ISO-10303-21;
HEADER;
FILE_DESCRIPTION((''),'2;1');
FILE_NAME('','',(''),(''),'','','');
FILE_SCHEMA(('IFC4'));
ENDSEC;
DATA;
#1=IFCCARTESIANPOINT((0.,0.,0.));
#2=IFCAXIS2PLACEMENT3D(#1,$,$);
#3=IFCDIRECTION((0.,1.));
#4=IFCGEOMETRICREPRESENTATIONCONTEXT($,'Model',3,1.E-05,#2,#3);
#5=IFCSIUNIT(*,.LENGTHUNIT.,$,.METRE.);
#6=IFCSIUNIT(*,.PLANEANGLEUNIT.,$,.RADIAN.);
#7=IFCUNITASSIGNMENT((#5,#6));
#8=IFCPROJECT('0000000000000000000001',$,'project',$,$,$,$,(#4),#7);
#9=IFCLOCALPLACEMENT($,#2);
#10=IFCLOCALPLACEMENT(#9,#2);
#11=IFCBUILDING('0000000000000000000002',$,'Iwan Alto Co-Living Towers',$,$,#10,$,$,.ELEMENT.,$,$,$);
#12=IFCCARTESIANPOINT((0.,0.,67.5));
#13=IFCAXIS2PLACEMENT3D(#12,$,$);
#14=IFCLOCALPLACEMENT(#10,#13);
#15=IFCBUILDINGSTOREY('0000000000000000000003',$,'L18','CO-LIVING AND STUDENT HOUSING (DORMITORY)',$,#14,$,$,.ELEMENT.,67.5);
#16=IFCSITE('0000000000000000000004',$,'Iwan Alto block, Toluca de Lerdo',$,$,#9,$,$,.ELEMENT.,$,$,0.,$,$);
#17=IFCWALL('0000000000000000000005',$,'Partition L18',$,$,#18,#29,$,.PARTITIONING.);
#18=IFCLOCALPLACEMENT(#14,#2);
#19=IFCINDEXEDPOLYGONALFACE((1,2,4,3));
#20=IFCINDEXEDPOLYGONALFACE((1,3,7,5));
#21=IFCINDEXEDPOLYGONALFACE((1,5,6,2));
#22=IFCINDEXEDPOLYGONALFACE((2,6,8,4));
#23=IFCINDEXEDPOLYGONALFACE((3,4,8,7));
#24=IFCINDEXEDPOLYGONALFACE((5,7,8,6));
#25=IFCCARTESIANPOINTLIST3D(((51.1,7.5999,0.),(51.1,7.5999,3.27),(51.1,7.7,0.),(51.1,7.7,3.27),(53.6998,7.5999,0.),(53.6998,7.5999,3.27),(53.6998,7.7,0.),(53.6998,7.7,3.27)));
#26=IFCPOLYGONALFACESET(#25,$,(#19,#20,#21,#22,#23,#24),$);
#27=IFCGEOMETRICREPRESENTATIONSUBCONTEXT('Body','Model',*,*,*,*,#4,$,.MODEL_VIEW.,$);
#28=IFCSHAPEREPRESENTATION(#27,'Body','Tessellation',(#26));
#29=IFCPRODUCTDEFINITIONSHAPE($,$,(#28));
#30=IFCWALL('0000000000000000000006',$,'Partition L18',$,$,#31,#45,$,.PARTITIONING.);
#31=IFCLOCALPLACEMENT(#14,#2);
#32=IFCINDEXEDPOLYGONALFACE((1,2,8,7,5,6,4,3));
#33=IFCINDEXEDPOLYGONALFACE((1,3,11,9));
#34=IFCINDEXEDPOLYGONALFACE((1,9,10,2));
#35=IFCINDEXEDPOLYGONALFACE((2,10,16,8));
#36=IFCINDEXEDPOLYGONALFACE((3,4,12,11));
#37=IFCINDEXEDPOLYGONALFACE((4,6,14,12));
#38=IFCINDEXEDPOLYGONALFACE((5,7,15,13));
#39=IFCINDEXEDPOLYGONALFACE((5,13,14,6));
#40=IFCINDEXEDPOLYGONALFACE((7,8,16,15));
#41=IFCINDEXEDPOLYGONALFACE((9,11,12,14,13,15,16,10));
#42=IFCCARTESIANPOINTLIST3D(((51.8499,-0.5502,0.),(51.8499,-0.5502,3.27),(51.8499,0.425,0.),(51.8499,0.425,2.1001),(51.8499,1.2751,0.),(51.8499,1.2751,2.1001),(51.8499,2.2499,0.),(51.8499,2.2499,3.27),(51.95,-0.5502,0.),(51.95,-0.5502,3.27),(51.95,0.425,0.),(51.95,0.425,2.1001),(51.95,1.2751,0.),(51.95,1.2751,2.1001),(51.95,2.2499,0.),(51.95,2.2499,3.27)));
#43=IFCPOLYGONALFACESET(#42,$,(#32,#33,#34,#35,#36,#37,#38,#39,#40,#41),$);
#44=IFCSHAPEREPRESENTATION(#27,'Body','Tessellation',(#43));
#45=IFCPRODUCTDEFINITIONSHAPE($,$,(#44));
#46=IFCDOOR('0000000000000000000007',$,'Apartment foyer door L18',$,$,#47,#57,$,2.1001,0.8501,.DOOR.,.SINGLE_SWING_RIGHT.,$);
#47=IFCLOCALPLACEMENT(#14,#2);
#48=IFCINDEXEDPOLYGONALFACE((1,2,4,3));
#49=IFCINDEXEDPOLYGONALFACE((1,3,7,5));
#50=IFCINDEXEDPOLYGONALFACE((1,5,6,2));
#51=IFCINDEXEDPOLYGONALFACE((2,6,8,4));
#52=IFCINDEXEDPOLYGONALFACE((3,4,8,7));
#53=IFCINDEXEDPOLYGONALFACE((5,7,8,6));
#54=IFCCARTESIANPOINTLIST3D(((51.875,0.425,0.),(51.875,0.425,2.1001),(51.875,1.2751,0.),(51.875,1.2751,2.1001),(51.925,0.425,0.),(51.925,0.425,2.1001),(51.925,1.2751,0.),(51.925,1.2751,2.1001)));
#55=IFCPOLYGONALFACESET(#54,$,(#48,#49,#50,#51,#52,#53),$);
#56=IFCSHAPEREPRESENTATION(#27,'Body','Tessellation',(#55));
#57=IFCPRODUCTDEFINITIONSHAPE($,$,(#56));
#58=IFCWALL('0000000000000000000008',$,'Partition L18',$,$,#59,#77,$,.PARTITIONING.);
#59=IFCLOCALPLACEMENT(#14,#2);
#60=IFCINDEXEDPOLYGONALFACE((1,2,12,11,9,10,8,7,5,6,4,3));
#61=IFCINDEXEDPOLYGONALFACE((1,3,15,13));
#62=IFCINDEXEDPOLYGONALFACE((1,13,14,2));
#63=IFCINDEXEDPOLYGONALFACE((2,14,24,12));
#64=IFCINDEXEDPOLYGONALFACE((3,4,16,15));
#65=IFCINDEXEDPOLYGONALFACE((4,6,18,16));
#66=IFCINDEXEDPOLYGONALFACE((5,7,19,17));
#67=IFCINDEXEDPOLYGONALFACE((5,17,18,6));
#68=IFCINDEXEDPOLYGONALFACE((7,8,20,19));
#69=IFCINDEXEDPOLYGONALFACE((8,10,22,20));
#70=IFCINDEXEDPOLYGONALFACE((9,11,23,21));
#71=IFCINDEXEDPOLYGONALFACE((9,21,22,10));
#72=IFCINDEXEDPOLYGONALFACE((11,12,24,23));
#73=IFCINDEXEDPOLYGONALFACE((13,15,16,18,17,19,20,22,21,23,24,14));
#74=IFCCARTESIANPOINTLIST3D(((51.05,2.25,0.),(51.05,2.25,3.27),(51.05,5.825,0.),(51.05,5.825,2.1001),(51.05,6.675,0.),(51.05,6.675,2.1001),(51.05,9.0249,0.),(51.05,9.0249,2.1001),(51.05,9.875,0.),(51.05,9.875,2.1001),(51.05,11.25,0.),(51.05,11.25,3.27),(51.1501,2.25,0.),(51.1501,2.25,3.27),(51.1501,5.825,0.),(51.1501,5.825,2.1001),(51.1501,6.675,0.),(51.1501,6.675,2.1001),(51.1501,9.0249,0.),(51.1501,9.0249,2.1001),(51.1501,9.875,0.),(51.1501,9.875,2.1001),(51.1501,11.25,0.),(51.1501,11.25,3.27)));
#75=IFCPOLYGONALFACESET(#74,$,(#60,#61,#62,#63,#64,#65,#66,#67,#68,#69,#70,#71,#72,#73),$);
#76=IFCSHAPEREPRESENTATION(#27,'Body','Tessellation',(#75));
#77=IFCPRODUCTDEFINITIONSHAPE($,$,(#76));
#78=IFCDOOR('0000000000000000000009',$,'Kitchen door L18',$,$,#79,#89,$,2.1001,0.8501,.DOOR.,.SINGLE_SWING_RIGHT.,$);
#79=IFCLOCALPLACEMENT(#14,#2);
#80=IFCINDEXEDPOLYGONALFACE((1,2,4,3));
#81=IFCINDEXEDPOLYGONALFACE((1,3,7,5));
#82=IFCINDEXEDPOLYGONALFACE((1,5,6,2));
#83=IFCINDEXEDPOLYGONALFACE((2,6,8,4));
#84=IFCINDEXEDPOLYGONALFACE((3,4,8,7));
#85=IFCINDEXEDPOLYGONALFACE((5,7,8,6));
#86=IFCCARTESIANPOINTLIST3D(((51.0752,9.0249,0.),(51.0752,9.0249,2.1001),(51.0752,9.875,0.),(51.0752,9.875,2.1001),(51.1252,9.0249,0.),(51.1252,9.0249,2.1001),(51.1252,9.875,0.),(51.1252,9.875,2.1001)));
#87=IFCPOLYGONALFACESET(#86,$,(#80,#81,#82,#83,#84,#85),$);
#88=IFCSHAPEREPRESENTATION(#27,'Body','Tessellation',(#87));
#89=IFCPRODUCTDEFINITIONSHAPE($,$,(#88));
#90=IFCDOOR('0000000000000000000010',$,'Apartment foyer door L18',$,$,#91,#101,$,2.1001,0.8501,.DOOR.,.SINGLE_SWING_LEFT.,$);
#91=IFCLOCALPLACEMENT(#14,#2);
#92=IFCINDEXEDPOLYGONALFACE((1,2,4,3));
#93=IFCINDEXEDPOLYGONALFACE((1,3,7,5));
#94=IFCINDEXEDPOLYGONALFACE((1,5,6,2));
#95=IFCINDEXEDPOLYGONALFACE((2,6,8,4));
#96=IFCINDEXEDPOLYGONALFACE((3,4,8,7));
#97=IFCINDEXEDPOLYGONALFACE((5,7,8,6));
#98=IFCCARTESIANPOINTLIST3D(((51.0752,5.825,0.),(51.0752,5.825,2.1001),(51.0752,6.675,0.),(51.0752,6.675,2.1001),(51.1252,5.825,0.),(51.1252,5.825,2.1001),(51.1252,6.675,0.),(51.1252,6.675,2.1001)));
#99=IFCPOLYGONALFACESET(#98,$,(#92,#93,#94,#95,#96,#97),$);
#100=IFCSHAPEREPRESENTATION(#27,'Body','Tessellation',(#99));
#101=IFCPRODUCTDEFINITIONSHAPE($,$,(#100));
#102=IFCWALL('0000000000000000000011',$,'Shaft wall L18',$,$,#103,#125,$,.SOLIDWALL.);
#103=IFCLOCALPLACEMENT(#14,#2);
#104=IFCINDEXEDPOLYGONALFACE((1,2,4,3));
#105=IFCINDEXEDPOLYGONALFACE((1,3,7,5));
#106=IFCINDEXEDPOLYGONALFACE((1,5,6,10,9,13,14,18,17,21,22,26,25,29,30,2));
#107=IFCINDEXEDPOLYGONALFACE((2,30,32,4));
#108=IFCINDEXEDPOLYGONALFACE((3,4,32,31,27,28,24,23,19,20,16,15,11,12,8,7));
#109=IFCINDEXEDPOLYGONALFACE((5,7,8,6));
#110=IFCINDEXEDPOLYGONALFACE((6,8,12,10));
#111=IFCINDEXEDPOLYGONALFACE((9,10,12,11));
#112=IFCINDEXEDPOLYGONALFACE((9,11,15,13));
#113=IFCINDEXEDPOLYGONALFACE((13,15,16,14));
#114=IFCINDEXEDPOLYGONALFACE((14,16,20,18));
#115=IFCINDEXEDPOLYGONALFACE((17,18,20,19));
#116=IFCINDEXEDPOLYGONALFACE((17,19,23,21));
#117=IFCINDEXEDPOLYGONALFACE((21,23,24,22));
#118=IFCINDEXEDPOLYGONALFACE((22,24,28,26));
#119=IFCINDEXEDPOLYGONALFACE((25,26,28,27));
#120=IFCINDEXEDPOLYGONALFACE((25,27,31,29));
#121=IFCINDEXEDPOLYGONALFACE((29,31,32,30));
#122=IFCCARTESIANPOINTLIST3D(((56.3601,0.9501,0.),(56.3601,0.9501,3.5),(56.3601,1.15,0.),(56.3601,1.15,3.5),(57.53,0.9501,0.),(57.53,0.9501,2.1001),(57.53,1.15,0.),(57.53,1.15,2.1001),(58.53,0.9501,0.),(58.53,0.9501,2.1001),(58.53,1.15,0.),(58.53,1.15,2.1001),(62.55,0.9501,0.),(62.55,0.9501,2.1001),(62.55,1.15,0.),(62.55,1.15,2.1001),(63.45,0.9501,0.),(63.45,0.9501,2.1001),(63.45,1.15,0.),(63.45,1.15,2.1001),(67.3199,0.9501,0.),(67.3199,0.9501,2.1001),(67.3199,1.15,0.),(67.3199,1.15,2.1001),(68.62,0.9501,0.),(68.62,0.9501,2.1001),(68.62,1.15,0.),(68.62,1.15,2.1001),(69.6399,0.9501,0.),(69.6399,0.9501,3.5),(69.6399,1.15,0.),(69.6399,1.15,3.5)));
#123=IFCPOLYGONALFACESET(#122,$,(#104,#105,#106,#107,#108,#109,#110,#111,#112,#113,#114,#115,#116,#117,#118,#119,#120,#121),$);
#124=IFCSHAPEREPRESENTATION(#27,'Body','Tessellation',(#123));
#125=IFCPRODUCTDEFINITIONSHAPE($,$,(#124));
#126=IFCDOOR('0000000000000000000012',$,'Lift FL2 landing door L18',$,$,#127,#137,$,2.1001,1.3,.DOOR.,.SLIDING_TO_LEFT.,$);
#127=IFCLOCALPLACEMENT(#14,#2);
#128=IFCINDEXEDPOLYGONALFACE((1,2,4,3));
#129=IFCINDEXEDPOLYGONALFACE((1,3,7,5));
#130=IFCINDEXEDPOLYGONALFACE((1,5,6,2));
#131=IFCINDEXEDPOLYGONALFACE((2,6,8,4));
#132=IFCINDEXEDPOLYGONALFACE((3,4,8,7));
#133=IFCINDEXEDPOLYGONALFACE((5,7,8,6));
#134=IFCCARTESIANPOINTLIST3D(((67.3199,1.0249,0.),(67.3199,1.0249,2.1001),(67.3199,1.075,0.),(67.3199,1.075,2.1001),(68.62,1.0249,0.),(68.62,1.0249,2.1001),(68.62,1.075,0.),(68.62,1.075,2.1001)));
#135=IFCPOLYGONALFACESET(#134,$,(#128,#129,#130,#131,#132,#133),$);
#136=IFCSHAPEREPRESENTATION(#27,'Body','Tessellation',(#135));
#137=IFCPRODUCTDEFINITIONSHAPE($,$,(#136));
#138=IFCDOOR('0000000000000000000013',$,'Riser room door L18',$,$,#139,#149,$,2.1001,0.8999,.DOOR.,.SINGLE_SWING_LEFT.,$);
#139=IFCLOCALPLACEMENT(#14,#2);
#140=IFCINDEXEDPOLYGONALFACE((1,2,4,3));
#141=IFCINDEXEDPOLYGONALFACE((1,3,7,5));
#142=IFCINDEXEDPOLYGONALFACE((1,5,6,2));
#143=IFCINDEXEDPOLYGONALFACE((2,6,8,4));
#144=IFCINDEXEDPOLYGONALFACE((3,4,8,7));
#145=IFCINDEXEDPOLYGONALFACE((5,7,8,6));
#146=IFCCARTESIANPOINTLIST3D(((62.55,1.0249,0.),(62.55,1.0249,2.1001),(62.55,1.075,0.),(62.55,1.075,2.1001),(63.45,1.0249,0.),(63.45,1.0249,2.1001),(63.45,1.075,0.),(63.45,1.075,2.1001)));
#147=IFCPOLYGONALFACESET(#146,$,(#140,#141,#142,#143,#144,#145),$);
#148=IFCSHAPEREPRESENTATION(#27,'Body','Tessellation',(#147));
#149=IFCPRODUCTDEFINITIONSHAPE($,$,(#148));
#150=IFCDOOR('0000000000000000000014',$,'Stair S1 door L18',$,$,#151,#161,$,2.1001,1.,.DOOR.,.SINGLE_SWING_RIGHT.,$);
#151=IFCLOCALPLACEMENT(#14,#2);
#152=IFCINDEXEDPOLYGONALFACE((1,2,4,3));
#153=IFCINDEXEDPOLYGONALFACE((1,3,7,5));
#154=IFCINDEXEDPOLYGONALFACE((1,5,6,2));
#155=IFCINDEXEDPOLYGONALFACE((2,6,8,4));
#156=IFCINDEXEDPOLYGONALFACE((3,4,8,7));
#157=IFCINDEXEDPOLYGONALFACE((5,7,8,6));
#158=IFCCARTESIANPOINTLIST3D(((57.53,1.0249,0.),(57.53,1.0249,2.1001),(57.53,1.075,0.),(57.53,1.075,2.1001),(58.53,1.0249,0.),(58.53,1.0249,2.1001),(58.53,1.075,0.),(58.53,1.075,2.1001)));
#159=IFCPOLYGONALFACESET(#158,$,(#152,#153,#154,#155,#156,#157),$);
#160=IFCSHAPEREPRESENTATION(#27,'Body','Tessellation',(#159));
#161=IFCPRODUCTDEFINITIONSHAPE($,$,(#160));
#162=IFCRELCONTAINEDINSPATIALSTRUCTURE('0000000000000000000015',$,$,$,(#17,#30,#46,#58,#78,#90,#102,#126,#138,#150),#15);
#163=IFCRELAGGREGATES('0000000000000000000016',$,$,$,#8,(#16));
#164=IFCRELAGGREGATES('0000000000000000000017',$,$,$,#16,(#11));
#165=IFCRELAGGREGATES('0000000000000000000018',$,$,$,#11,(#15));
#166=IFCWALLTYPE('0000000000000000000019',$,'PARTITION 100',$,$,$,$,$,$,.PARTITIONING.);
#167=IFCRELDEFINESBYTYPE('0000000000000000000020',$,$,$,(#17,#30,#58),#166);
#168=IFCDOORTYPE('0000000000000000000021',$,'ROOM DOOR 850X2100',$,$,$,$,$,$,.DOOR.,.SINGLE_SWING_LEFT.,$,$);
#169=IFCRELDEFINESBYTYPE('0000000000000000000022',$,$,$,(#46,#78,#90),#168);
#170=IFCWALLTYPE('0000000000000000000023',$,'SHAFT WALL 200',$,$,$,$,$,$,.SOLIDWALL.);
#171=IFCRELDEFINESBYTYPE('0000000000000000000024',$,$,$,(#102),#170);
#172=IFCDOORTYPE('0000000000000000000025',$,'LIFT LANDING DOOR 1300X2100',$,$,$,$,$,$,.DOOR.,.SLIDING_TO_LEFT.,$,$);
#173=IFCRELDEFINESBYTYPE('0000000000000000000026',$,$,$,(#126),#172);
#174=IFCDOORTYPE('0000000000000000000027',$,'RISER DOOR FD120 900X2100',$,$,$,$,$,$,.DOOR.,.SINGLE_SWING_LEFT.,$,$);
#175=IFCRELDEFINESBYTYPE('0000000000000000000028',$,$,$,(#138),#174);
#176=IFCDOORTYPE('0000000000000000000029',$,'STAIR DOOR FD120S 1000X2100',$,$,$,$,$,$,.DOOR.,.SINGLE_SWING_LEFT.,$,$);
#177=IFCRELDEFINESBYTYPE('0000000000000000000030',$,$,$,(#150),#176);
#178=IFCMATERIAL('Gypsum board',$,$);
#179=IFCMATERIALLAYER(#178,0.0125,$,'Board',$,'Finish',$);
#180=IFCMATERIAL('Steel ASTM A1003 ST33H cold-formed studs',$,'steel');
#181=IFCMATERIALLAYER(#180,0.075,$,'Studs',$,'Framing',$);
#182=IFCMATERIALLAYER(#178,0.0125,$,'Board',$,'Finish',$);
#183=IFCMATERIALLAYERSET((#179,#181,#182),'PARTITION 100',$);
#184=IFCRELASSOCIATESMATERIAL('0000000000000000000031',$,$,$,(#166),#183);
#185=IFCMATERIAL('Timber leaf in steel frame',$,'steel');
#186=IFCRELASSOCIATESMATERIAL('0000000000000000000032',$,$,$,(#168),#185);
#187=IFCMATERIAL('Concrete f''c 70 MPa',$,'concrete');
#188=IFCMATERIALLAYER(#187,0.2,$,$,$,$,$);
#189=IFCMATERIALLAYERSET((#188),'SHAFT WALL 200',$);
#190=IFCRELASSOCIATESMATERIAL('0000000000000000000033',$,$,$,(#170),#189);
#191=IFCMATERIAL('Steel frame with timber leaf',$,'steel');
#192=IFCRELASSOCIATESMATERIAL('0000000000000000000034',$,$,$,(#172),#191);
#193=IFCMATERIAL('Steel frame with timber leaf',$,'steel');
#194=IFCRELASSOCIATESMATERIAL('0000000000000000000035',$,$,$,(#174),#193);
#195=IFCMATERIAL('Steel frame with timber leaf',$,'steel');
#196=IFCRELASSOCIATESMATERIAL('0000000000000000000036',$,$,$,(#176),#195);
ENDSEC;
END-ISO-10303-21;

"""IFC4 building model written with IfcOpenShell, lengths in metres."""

from ifc_helpers import new_model, si_unit, direction, frame, frame_2d, origin, place, context, subcontext, project, spatial, rectangle, extrude, material, layer, layer_set, type_object, element, fill, save


model = new_model("IFC4")

# Units and contexts
model_context = context("Model", 3, precision=1e-05, world=origin(), true_north=direction((0.0, 1.0)))
body_context = subcontext(model_context, "Body", "Model", "MODEL_VIEW")
ifc_project = project(units=[si_unit("LENGTHUNIT", "METRE"), si_unit("PLANEANGLEUNIT", "RADIAN")], contexts=[model_context])

# Site, building, storey
site_placement = place(None, origin())
site = spatial("IfcSite", under=ifc_project, at=site_placement, Name="Iwan Alto block, Toluca de Lerdo", CompositionType="ELEMENT", RefElevation=0.0)
building_placement = place(site_placement, origin())
building = spatial("IfcBuilding", under=site, at=building_placement, Name="Iwan Alto Co-Living Towers", CompositionType="ELEMENT")
storey_placement = place(building_placement, frame((0.0, 0.0, 67.5)))
storey = spatial("IfcBuildingStorey", under=building, at=storey_placement, Name="L18", Description="CO-LIVING AND STUDENT HOUSING (DORMITORY)", CompositionType="ELEMENT", Elevation=67.5)

# Wall
ifc_material_1 = material(Name="Gypsum board")
ifc_layer_1 = layer(ifc_material_1, 0.0125, Name="Board", Category="Finish")
ifc_material_2 = material(Name="Steel ASTM A1003 ST33H cold-formed studs", Category="steel")
ifc_layer_2 = layer(ifc_material_2, 0.075, Name="Studs", Category="Framing")
ifc_layer_3 = layer(ifc_material_1, 0.0125, Name="Board", Category="Finish")
ifc_layer_set_1 = layer_set([ifc_layer_1, ifc_layer_2, ifc_layer_3], Name="PARTITION 100")
wall_type_1 = type_object("IfcWallType", Name="PARTITION 100", PredefinedType="PARTITIONING", material=ifc_layer_set_1)
wall_1_placement = place(storey_placement, frame((51.1001, 7.6499, 0.0), z_axis=(0.0, 0.0, 1.0), x_axis=(1.0, 0.0, 0.0)))
element("IfcWall", 1, at=wall_1_placement, inside=storey, type_object=wall_type_1, Name="Partition L18", PredefinedType="PARTITIONING", context=body_context, shape_type="SweptSolid", body=[
    extrude(rectangle(XDim=2.5999, YDim=0.1001, at=frame_2d((1.2998, 0.0))), origin(), (0.0, 0.0, 1.0), 3.27),
])

# Wall, opening, door
wall_2_placement = place(storey_placement, frame((51.8999, -0.55, 0.0), z_axis=(0.0, 0.0, 1.0), x_axis=(0.0, 1.0, 0.0)))
wall_2 = element("IfcWall", 2, at=wall_2_placement, inside=storey, type_object=wall_type_1, Name="Partition L18", PredefinedType="PARTITIONING", context=body_context, shape_type="SweptSolid", body=[
    extrude(rectangle(XDim=2.8, YDim=0.1001, at=frame_2d((1.3999, 0.0))), origin(), (0.0, 0.0, 1.0), 3.27),
])
opening_1_placement = place(wall_2_placement, frame((0.9751, 0.0, 0.0)))
opening_1 = element("IfcOpeningElement", 3, at=opening_1_placement, cuts=wall_2, PredefinedType="OPENING", context=body_context, shape_type="SweptSolid", body=[
    extrude(rectangle(XDim=0.8501, YDim=2.1001, at=frame_2d((0.425, 1.05))), frame((0.0, 0.0601, 0.0), z_axis=(0.0, -1.0, 0.0), x_axis=(1.0, 0.0, 0.0)), (0.0, 0.0, 1.0), 0.1201),
])
ifc_material_3 = material(Name="Timber leaf in steel frame", Category="steel")
door_type_1 = type_object("IfcDoorType", Name="ROOM DOOR 850X2100", OperationType="SINGLE_SWING_LEFT", PredefinedType="DOOR", material=ifc_material_3)
door_1_placement = place(opening_1_placement, origin())
door_1 = element("IfcDoor", 4, at=door_1_placement, inside=storey, type_object=door_type_1, Name="Apartment foyer door L18", OperationType="SINGLE_SWING_RIGHT", OverallHeight=2.1001, OverallWidth=0.8501, PredefinedType="DOOR", context=body_context, shape_type="SweptSolid", body=[
    extrude(rectangle(XDim=0.8501, YDim=2.1001, at=frame_2d((0.425, 1.05))), frame((0.0, 0.0249, 0.0), z_axis=(0.0, -1.0, 0.0), x_axis=(1.0, 0.0, 0.0)), (0.0, 0.0, 1.0), 0.05),
])
fill(opening_1, door_1)

# Walls, openings, doors
wall_3_placement = place(storey_placement, frame((51.1001, 2.25, 0.0), z_axis=(0.0, 0.0, 1.0), x_axis=(0.0, 1.0, 0.0)))
wall_3 = element("IfcWall", 5, at=wall_3_placement, inside=storey, type_object=wall_type_1, Name="Partition L18", PredefinedType="PARTITIONING", context=body_context, shape_type="SweptSolid", body=[
    extrude(rectangle(XDim=9.0, YDim=0.1001, at=frame_2d((4.5, 0.0))), origin(), (0.0, 0.0, 1.0), 3.27),
])
opening_2_placement = place(wall_3_placement, frame((6.7749, 0.0, 0.0)))
opening_2 = element("IfcOpeningElement", 6, at=opening_2_placement, cuts=wall_3, PredefinedType="OPENING", context=body_context, shape_type="SweptSolid", body=[
    extrude(rectangle(XDim=0.8501, YDim=2.1001, at=frame_2d((0.425, 1.05))), frame((0.0, 0.0601, 0.0), z_axis=(0.0, -1.0, 0.0), x_axis=(1.0, 0.0, 0.0)), (0.0, 0.0, 1.0), 0.1201),
])
opening_3_placement = place(wall_3_placement, frame((3.575, 0.0, 0.0)))
opening_3 = element("IfcOpeningElement", 7, at=opening_3_placement, cuts=wall_3, PredefinedType="OPENING", context=body_context, shape_type="SweptSolid", body=[
    extrude(rectangle(XDim=0.8501, YDim=2.1001, at=frame_2d((0.425, 1.05))), frame((0.0, 0.0601, 0.0), z_axis=(0.0, -1.0, 0.0), x_axis=(1.0, 0.0, 0.0)), (0.0, 0.0, 1.0), 0.1201),
])
door_2_placement = place(opening_2_placement, origin())
door_2 = element("IfcDoor", 8, at=door_2_placement, inside=storey, type_object=door_type_1, Name="Kitchen door L18", OperationType="SINGLE_SWING_RIGHT", OverallHeight=2.1001, OverallWidth=0.8501, PredefinedType="DOOR", context=body_context, shape_type="SweptSolid", body=[
    extrude(rectangle(XDim=0.8501, YDim=2.1001, at=frame_2d((0.425, 1.05))), frame((0.0, 0.0249, 0.0), z_axis=(0.0, -1.0, 0.0), x_axis=(1.0, 0.0, 0.0)), (0.0, 0.0, 1.0), 0.05),
])
fill(opening_2, door_2)
door_3_placement = place(opening_3_placement, origin())
door_3 = element("IfcDoor", 9, at=door_3_placement, inside=storey, type_object=door_type_1, Name="Apartment foyer door L18", OperationType="SINGLE_SWING_LEFT", OverallHeight=2.1001, OverallWidth=0.8501, PredefinedType="DOOR", context=body_context, shape_type="SweptSolid", body=[
    extrude(rectangle(XDim=0.8501, YDim=2.1001, at=frame_2d((0.425, 1.05))), frame((0.0, 0.0249, 0.0), z_axis=(0.0, -1.0, 0.0), x_axis=(1.0, 0.0, 0.0)), (0.0, 0.0, 1.0), 0.05),
])
fill(opening_3, door_3)
ifc_material_4 = material(Name="Concrete f'c 70 MPa", Category="concrete")
ifc_layer_4 = layer(ifc_material_4, 0.2)
ifc_layer_set_2 = layer_set([ifc_layer_4], Name="SHAFT WALL 200")
wall_type_2 = type_object("IfcWallType", Name="SHAFT WALL 200", PredefinedType="SOLIDWALL", material=ifc_layer_set_2)
wall_4_placement = place(storey_placement, frame((56.3601, 1.05, 0.0), z_axis=(0.0, 0.0, 1.0), x_axis=(1.0, 0.0, 0.0)))
wall_4 = element("IfcWall", 10, at=wall_4_placement, inside=storey, type_object=wall_type_2, Name="Shaft wall L18", PredefinedType="SOLIDWALL", context=body_context, shape_type="SweptSolid", body=[
    extrude(rectangle(XDim=13.2798, YDim=0.2, at=frame_2d((6.6399, 0.0))), origin(), (0.0, 0.0, 1.0), 3.5),
])
opening_4_placement = place(wall_4_placement, frame((1.1699, 0.0, 0.0)))
opening_4 = element("IfcOpeningElement", 11, at=opening_4_placement, cuts=wall_4, PredefinedType="OPENING", context=body_context, shape_type="SweptSolid", body=[
    extrude(rectangle(XDim=1.0, YDim=2.1001, at=frame_2d((0.5, 1.05))), frame((0.0, 0.1099, 0.0), z_axis=(0.0, -1.0, 0.0), x_axis=(1.0, 0.0, 0.0)), (0.0, 0.0, 1.0), 0.22),
])
opening_5_placement = place(wall_4_placement, frame((6.1899, 0.0, 0.0)))
opening_5 = element("IfcOpeningElement", 12, at=opening_5_placement, cuts=wall_4, PredefinedType="OPENING", context=body_context, shape_type="SweptSolid", body=[
    extrude(rectangle(XDim=0.8999, YDim=2.1001, at=frame_2d((0.45, 1.05))), frame((0.0, 0.1099, 0.0), z_axis=(0.0, -1.0, 0.0), x_axis=(1.0, 0.0, 0.0)), (0.0, 0.0, 1.0), 0.22),
])
opening_6_placement = place(wall_4_placement, frame((10.96, 0.0, 0.0)))
opening_6 = element("IfcOpeningElement", 13, at=opening_6_placement, cuts=wall_4, PredefinedType="OPENING", context=body_context, shape_type="SweptSolid", body=[
    extrude(rectangle(XDim=1.3, YDim=2.1001, at=frame_2d((0.6499, 1.05))), frame((0.0, 0.1099, 0.0), z_axis=(0.0, -1.0, 0.0), x_axis=(1.0, 0.0, 0.0)), (0.0, 0.0, 1.0), 0.22),
])
ifc_material_5 = material(Name="Steel frame with timber leaf", Category="steel")
door_type_2 = type_object("IfcDoorType", Name="LIFT LANDING DOOR 1300X2100", OperationType="SLIDING_TO_LEFT", PredefinedType="DOOR", material=ifc_material_5)
door_4_placement = place(opening_6_placement, origin())
door_4 = element("IfcDoor", 14, at=door_4_placement, inside=storey, type_object=door_type_2, Name="Lift FL2 landing door L18", OperationType="SLIDING_TO_LEFT", OverallHeight=2.1001, OverallWidth=1.3, PredefinedType="DOOR", context=body_context, shape_type="SweptSolid", body=[
    extrude(rectangle(XDim=1.3, YDim=2.1001, at=frame_2d((0.6499, 1.05))), frame((0.0, 0.0249, 0.0), z_axis=(0.0, -1.0, 0.0), x_axis=(1.0, 0.0, 0.0)), (0.0, 0.0, 1.0), 0.05),
])
fill(opening_6, door_4)
ifc_material_6 = material(Name="Steel frame with timber leaf", Category="steel")
door_type_3 = type_object("IfcDoorType", Name="RISER DOOR FD120 900X2100", OperationType="SINGLE_SWING_LEFT", PredefinedType="DOOR", material=ifc_material_6)
door_5_placement = place(opening_5_placement, origin())
door_5 = element("IfcDoor", 15, at=door_5_placement, inside=storey, type_object=door_type_3, Name="Riser room door L18", OperationType="SINGLE_SWING_LEFT", OverallHeight=2.1001, OverallWidth=0.8999, PredefinedType="DOOR", context=body_context, shape_type="SweptSolid", body=[
    extrude(rectangle(XDim=0.8999, YDim=2.1001, at=frame_2d((0.45, 1.05))), frame((0.0, 0.0249, 0.0), z_axis=(0.0, -1.0, 0.0), x_axis=(1.0, 0.0, 0.0)), (0.0, 0.0, 1.0), 0.05),
])
fill(opening_5, door_5)
ifc_material_7 = material(Name="Steel frame with timber leaf", Category="steel")
door_type_4 = type_object("IfcDoorType", Name="STAIR DOOR FD120S 1000X2100", OperationType="SINGLE_SWING_LEFT", PredefinedType="DOOR", material=ifc_material_7)
door_6_placement = place(opening_4_placement, origin())
door_6 = element("IfcDoor", 16, at=door_6_placement, inside=storey, type_object=door_type_4, Name="Stair S1 door L18", OperationType="SINGLE_SWING_RIGHT", OverallHeight=2.1001, OverallWidth=1.0, PredefinedType="DOOR", context=body_context, shape_type="SweptSolid", body=[
    extrude(rectangle(XDim=1.0, YDim=2.1001, at=frame_2d((0.5, 1.05))), frame((0.0, 0.0249, 0.0), z_axis=(0.0, -1.0, 0.0), x_axis=(1.0, 0.0, 0.0)), (0.0, 0.0, 1.0), 0.05),
])
fill(opening_4, door_6)

save(model, "model.ifc")
